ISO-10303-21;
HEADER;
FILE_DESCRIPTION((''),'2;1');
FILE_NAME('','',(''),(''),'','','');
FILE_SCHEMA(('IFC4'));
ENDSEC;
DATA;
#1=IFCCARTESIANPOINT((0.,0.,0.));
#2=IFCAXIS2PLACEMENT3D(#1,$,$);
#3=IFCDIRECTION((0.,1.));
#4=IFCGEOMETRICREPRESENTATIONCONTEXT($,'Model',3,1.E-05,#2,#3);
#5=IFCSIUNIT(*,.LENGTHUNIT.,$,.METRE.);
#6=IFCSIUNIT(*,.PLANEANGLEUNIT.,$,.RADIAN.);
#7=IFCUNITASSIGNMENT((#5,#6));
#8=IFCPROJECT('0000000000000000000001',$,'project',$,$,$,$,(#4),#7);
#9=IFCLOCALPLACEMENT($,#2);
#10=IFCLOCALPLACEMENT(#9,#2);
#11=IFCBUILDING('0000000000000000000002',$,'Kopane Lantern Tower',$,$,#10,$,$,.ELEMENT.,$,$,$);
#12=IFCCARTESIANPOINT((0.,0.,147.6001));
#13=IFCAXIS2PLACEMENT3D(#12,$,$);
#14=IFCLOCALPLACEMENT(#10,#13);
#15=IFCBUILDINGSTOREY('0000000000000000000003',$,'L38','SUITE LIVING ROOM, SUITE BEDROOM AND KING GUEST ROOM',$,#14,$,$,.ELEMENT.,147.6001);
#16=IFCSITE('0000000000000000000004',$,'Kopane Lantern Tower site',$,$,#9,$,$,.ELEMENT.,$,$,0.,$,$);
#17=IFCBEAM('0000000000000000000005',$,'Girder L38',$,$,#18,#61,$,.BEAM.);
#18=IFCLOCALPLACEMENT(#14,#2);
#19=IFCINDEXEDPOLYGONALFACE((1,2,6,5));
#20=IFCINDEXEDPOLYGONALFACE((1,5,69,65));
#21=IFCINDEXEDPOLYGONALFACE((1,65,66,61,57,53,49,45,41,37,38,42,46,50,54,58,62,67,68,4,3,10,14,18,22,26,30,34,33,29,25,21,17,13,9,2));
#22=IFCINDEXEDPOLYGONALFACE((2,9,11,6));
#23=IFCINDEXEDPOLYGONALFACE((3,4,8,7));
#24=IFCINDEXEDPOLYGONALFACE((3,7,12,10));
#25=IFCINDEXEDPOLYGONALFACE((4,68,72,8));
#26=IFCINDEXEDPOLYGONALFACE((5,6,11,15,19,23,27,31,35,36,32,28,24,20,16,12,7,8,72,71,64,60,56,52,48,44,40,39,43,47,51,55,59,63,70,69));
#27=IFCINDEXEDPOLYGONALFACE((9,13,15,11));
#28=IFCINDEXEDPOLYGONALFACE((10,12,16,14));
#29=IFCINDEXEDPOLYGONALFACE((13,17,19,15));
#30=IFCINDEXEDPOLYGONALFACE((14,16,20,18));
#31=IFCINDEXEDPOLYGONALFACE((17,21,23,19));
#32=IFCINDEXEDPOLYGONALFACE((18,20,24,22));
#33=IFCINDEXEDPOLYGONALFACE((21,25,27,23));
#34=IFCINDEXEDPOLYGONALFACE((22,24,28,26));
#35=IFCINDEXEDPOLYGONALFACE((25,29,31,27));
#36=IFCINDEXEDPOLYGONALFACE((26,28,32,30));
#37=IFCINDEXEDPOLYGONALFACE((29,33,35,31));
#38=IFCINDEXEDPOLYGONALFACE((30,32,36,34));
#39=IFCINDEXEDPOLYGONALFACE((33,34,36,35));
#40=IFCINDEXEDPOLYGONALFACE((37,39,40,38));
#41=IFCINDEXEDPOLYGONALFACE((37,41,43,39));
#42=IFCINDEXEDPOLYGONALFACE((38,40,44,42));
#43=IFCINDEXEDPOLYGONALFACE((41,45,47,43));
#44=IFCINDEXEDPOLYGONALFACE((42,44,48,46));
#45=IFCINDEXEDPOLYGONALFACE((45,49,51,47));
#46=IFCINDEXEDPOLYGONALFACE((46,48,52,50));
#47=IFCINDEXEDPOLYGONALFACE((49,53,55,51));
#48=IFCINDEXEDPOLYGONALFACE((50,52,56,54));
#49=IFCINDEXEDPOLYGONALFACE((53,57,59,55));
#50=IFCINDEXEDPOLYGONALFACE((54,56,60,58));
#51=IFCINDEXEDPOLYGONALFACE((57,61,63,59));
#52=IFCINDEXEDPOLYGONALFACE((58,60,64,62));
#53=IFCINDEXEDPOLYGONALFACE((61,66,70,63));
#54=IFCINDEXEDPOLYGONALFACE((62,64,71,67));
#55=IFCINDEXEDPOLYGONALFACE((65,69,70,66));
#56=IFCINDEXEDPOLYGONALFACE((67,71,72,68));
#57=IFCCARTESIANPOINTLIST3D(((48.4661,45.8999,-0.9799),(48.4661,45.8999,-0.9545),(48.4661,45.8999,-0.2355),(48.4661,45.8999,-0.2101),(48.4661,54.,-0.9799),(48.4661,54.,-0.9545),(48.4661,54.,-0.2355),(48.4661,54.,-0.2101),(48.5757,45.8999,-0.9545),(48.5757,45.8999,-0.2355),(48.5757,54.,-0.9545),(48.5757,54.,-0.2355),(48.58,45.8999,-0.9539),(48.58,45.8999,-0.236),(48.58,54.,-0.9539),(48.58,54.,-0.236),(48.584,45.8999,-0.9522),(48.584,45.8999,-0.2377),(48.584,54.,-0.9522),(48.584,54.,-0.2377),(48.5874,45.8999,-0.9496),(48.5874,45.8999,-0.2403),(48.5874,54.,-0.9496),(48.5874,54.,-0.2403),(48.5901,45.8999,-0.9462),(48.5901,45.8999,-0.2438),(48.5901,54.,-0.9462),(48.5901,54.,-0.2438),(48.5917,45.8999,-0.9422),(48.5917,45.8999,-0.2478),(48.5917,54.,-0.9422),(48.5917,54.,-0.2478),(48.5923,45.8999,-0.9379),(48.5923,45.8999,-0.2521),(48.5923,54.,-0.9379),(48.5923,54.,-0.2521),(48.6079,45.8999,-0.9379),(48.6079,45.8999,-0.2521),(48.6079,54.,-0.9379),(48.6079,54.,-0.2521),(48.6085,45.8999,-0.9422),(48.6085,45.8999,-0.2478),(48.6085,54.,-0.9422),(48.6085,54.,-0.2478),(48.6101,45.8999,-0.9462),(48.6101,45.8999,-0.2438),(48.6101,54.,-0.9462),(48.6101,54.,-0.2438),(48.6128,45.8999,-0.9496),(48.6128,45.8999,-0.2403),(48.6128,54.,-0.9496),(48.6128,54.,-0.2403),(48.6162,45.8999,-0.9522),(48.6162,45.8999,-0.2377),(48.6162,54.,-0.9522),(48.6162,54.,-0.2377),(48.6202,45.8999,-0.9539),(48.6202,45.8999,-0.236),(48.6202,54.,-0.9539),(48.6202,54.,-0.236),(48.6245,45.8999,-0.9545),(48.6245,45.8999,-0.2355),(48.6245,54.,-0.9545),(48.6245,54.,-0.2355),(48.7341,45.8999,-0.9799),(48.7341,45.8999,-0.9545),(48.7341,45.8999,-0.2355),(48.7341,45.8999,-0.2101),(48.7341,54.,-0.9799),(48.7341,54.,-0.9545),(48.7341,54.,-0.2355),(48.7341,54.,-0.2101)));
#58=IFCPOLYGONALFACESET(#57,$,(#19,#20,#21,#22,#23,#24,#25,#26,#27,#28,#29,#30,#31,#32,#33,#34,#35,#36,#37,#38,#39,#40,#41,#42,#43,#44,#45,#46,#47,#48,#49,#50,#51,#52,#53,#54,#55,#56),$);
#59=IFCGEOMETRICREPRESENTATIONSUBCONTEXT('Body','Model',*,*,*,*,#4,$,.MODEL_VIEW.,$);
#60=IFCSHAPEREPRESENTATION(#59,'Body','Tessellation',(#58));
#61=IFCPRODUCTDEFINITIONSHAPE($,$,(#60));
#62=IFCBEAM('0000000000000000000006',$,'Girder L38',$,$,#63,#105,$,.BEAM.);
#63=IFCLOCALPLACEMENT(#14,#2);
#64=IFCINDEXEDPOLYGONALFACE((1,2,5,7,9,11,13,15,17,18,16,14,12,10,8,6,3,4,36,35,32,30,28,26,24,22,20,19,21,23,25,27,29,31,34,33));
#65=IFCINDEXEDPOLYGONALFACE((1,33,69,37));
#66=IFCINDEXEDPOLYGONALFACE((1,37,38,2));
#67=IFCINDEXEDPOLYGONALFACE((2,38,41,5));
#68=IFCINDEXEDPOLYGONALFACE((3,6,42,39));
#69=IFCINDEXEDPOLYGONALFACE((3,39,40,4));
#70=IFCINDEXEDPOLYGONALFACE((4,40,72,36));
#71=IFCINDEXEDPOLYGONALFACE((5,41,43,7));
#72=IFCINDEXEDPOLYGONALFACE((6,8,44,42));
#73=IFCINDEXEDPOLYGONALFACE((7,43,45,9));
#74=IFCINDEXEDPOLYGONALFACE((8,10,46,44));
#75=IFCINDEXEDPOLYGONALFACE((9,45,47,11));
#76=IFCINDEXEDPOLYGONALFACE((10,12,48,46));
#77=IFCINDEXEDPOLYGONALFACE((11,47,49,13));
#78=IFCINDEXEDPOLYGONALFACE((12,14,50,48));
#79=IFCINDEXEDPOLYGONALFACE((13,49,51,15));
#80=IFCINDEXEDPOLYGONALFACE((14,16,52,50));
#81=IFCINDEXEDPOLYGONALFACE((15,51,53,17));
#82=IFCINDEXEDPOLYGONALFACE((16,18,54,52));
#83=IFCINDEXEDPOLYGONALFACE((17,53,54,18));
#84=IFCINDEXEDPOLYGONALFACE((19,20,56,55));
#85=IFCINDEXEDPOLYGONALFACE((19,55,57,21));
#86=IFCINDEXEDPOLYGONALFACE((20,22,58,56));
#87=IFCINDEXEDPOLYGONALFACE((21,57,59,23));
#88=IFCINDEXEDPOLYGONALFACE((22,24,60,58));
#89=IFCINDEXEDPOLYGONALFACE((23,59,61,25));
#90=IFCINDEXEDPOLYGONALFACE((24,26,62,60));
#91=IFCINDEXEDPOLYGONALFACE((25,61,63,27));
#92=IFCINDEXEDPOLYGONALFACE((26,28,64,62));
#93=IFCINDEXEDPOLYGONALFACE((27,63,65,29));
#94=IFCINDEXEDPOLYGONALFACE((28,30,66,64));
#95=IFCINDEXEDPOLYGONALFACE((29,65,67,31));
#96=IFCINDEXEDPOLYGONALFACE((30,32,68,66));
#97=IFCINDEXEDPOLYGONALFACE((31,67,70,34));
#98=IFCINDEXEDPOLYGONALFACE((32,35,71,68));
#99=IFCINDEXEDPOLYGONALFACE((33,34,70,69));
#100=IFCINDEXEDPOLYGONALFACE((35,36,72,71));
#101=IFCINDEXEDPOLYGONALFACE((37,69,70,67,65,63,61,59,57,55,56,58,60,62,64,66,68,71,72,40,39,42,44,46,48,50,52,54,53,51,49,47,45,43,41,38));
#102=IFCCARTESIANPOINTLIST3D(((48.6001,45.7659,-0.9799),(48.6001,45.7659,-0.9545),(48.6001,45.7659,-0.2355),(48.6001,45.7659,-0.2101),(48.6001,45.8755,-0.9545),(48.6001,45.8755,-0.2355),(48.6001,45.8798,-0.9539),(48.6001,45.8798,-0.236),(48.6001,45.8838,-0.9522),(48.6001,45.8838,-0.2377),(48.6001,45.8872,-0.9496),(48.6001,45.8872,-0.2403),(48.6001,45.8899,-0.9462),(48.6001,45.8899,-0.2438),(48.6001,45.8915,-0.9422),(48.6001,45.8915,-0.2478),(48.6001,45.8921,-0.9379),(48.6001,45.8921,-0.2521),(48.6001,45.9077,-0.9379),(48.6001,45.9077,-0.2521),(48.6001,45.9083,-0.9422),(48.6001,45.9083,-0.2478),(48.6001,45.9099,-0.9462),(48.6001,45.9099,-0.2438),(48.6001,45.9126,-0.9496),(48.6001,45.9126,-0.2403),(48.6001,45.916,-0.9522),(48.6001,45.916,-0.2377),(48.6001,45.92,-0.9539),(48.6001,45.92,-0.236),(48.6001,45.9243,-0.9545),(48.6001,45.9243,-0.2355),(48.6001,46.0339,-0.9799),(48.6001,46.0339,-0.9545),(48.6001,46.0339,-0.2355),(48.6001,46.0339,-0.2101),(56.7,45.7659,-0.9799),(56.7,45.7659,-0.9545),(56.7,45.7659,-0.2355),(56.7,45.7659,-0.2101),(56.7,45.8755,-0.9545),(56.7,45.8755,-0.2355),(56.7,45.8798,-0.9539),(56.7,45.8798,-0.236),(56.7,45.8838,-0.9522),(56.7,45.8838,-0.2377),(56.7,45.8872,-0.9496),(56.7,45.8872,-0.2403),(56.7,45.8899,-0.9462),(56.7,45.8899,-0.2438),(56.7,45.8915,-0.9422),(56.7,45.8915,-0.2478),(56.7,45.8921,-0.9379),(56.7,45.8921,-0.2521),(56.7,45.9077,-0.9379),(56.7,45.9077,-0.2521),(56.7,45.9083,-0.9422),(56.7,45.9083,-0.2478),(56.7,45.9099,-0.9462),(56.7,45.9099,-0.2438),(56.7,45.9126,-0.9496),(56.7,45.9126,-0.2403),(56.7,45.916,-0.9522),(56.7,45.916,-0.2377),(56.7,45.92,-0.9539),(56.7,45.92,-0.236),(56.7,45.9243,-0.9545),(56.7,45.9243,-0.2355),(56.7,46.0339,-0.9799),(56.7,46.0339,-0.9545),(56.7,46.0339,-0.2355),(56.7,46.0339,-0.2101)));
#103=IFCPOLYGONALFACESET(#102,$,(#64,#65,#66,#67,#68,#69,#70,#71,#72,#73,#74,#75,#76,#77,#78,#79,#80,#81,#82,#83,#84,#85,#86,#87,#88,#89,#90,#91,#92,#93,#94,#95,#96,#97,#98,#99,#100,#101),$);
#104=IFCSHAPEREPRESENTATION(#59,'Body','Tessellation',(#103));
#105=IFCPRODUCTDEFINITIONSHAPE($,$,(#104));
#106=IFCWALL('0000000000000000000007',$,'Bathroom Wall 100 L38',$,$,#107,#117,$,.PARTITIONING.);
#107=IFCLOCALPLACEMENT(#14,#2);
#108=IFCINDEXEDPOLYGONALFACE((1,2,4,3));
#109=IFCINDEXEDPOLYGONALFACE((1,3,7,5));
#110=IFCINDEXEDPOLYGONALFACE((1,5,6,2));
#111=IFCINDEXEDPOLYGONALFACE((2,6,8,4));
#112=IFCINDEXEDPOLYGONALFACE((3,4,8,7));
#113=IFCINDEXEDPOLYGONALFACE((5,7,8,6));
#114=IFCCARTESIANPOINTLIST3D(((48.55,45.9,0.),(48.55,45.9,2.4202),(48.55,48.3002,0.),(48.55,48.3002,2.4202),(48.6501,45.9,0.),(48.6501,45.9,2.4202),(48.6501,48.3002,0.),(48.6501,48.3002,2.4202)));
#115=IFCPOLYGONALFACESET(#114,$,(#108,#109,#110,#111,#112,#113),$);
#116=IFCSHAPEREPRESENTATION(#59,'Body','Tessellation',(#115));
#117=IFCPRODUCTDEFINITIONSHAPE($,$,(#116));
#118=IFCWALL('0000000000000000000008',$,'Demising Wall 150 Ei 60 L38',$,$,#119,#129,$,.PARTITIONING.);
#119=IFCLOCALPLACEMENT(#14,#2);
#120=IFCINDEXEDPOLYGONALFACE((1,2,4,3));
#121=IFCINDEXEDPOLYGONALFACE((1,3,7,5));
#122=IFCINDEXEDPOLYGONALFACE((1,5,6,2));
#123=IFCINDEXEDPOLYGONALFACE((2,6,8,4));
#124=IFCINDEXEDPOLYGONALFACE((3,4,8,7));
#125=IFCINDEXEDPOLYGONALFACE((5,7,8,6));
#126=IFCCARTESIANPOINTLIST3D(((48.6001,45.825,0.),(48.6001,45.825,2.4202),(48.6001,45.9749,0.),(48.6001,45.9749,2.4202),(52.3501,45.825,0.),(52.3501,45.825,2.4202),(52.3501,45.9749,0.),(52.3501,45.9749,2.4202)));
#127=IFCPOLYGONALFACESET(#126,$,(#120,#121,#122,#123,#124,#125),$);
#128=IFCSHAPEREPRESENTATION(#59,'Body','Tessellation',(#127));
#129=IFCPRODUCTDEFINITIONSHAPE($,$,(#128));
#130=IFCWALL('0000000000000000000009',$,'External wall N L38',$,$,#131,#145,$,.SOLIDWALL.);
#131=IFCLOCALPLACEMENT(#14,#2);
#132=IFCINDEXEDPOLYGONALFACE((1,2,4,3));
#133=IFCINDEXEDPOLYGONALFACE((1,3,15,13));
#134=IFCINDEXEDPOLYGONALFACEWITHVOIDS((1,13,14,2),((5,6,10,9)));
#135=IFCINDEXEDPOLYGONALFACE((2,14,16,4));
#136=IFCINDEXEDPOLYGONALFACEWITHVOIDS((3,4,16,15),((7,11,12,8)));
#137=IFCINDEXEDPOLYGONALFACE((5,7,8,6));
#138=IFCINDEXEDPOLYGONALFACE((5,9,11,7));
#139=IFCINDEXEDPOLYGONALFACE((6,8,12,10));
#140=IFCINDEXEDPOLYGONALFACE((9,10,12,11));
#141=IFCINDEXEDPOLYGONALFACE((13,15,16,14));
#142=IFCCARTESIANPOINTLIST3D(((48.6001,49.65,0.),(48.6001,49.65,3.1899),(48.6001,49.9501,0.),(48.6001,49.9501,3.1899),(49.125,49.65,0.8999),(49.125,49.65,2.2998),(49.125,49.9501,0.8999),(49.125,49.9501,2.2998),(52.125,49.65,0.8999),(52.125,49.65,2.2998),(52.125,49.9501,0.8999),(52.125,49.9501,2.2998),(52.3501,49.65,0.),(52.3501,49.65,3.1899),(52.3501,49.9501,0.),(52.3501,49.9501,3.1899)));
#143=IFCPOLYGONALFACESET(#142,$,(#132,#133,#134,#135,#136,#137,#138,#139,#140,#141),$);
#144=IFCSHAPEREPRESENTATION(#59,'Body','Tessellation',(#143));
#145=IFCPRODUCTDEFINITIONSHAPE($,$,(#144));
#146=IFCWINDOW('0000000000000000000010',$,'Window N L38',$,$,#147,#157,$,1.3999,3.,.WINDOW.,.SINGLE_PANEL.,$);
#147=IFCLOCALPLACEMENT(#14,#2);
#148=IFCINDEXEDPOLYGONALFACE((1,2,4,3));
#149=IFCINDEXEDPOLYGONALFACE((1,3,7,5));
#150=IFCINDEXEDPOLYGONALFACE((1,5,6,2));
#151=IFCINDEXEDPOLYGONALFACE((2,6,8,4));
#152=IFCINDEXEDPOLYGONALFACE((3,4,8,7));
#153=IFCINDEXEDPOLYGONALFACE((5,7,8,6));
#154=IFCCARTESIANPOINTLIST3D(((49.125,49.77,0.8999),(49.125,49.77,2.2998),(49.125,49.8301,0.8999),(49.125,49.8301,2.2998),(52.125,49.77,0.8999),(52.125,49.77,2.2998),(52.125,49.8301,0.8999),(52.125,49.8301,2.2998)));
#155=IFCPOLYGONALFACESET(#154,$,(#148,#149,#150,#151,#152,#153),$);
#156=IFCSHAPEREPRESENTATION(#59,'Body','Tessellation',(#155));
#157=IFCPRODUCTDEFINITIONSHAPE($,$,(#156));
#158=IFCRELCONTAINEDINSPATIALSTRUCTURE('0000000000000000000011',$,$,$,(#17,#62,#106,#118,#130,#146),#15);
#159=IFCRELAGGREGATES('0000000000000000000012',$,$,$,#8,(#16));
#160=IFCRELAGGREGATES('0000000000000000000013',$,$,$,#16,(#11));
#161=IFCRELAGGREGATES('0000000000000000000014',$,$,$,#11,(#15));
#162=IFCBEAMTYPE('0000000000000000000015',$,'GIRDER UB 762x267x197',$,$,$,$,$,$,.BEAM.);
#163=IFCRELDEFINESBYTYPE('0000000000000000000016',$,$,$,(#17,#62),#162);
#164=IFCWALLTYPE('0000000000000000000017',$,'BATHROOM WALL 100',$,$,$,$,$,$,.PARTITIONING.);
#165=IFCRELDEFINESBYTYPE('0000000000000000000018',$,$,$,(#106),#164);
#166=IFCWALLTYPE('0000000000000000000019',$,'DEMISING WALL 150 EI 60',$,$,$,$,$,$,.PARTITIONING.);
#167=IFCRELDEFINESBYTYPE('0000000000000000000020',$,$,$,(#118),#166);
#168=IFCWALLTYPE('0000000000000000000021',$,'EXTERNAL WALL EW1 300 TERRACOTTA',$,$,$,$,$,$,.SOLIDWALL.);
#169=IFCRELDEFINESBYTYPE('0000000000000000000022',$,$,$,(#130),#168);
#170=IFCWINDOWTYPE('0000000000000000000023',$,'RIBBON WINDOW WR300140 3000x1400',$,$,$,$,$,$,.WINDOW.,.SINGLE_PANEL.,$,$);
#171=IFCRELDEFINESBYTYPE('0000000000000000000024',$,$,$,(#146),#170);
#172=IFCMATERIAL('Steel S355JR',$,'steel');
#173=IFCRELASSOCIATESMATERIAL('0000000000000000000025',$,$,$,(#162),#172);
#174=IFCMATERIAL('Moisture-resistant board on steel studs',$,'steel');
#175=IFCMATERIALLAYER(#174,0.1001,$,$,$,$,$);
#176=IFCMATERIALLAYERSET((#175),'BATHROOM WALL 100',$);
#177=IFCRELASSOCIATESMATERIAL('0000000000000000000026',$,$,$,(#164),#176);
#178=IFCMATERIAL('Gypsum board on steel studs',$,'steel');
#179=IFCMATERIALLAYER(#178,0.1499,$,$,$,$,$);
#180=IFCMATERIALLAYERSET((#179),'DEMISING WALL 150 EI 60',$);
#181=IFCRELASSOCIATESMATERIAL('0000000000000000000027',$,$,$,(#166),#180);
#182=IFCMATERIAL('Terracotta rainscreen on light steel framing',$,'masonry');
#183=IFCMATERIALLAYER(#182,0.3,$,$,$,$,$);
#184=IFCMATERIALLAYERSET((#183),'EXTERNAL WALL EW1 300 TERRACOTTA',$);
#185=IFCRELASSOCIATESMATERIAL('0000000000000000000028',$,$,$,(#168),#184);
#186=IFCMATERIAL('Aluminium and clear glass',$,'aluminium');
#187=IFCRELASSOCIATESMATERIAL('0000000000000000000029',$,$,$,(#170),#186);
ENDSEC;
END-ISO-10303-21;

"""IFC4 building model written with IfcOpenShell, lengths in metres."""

from ifc_helpers import new_model, si_unit, direction, frame, frame_2d, origin, origin_2d, place, context, subcontext, project, spatial, rectangle, i_section, extrude, material, layer, layer_set, material_profile, profile_set, type_object, element, fill, save


model = new_model("IFC4")

# Units and contexts
model_context = context("Model", 3, precision=1e-05, world=origin(), true_north=direction((0.0, 1.0)))
body_context = subcontext(model_context, "Body", "Model", "MODEL_VIEW")
ifc_project = project(units=[si_unit("LENGTHUNIT", "METRE"), si_unit("PLANEANGLEUNIT", "RADIAN")], contexts=[model_context])

# Site, building, storey
site_placement = place(None, origin())
site = spatial("IfcSite", under=ifc_project, at=site_placement, Name="Kopane Lantern Tower site", CompositionType="ELEMENT", RefElevation=0.0)
building_placement = place(site_placement, origin())
building = spatial("IfcBuilding", under=site, at=building_placement, Name="Kopane Lantern Tower", CompositionType="ELEMENT")
storey_placement = place(building_placement, frame((0.0, 0.0, 147.6001)))
storey = spatial("IfcBuildingStorey", under=building, at=storey_placement, Name="L38", Description="SUITE LIVING ROOM, SUITE BEDROOM AND KING GUEST ROOM", CompositionType="ELEMENT", Elevation=147.6001)

# Beams
ifc_material_1 = material(Name="Steel S355JR", Category="steel")
ifc_material_profile_1 = material_profile(ifc_material_1, i_section(OverallWidth=0.2681, OverallDepth=0.7698, WebThickness=0.0156, FlangeThickness=0.0254, FilletRadius=0.0166, at=origin_2d()), Name="UB 762x267x197")
ifc_profile_set_1 = profile_set([ifc_material_profile_1], Name="Steel S355JR")
beam_type_1 = type_object("IfcBeamType", Name="GIRDER UB 762x267x197", PredefinedType="BEAM", material=ifc_profile_set_1)
beam_1_placement = place(storey_placement, frame((48.6001, 45.8999, -0.595), z_axis=(0.0, 1.0, 0.0), x_axis=(-1.0, 0.0, 0.0)))
element("IfcBeam", 1, at=beam_1_placement, inside=storey, type_object=beam_type_1, Name="Girder L38", PredefinedType="BEAM", context=body_context, shape_type="SweptSolid", body=[
    extrude(i_section(OverallWidth=0.2681, OverallDepth=0.7698, WebThickness=0.0156, FlangeThickness=0.0254, FilletRadius=0.0166, at=origin_2d()), origin(), (0.0, 0.0, 1.0), 8.1001),
])
beam_2_placement = place(storey_placement, frame((48.6001, 45.8999, -0.595), z_axis=(1.0, 0.0, 0.0), x_axis=(0.0, 1.0, 0.0)))
element("IfcBeam", 2, at=beam_2_placement, inside=storey, type_object=beam_type_1, Name="Girder L38", PredefinedType="BEAM", context=body_context, shape_type="SweptSolid", body=[
    extrude(i_section(OverallWidth=0.2681, OverallDepth=0.7698, WebThickness=0.0156, FlangeThickness=0.0254, FilletRadius=0.0166, at=origin_2d()), origin(), (0.0, 0.0, 1.0), 8.0999),
])

# Walls
ifc_material_2 = material(Name="Moisture-resistant board on steel studs", Category="steel")
ifc_layer_1 = layer(ifc_material_2, 0.1001)
ifc_layer_set_1 = layer_set([ifc_layer_1], Name="BATHROOM WALL 100")
wall_type_1 = type_object("IfcWallType", Name="BATHROOM WALL 100", PredefinedType="PARTITIONING", material=ifc_layer_set_1)
wall_1_placement = place(storey_placement, frame((48.6001, 45.8999, 0.0), z_axis=(0.0, 0.0, 1.0), x_axis=(0.0, 1.0, 0.0)))
element("IfcWall", 3, at=wall_1_placement, inside=storey, type_object=wall_type_1, Name="Bathroom Wall 100 L38", PredefinedType="PARTITIONING", context=body_context, shape_type="SweptSolid", body=[
    extrude(rectangle(XDim=2.4001, YDim=0.1001, at=frame_2d((1.2002, 0.0))), origin(), (0.0, 0.0, 1.0), 2.4202),
])
ifc_material_3 = material(Name="Gypsum board on steel studs", Category="steel")
ifc_layer_2 = layer(ifc_material_3, 0.1499)
ifc_layer_set_2 = layer_set([ifc_layer_2], Name="DEMISING WALL 150 EI 60")
wall_type_2 = type_object("IfcWallType", Name="DEMISING WALL 150 EI 60", PredefinedType="PARTITIONING", material=ifc_layer_set_2)
wall_2_placement = place(storey_placement, frame((48.6001, 45.8999, 0.0), z_axis=(0.0, 0.0, 1.0), x_axis=(1.0, 0.0, 0.0)))
element("IfcWall", 4, at=wall_2_placement, inside=storey, type_object=wall_type_2, Name="Demising Wall 150 Ei 60 L38", PredefinedType="PARTITIONING", context=body_context, shape_type="SweptSolid", body=[
    extrude(rectangle(XDim=3.75, YDim=0.1499, at=frame_2d((1.875, 0.0))), origin(), (0.0, 0.0, 1.0), 2.4202),
])

# Wall, opening, window
ifc_material_4 = material(Name="Terracotta rainscreen on light steel framing", Category="masonry")
ifc_layer_3 = layer(ifc_material_4, 0.3)
ifc_layer_set_3 = layer_set([ifc_layer_3], Name="EXTERNAL WALL EW1 300 TERRACOTTA")
wall_type_3 = type_object("IfcWallType", Name="EXTERNAL WALL EW1 300 TERRACOTTA", PredefinedType="SOLIDWALL", material=ifc_layer_set_3)
wall_3_placement = place(storey_placement, frame((52.3501, 49.8, 0.0), z_axis=(0.0, 0.0, 1.0), x_axis=(-1.0, 0.0, 0.0)))
wall_3 = element("IfcWall", 5, at=wall_3_placement, inside=storey, type_object=wall_type_3, Name="External wall N L38", PredefinedType="SOLIDWALL", context=body_context, shape_type="SweptSolid", body=[
    extrude(rectangle(XDim=3.75, YDim=0.3, at=frame_2d((1.875, 0.0))), origin(), (0.0, 0.0, 1.0), 3.1899),
])
opening_placement = place(wall_3_placement, frame((0.2251, 0.0, 0.8999)))
opening = element("IfcOpeningElement", 6, at=opening_placement, cuts=wall_3, PredefinedType="OPENING", context=body_context, shape_type="SweptSolid", body=[
    extrude(rectangle(XDim=3.0, YDim=1.3999, at=frame_2d((1.5, 0.7))), frame((0.0, 0.1599, 0.0), z_axis=(0.0, -1.0, 0.0), x_axis=(1.0, 0.0, 0.0)), (0.0, 0.0, 1.0), 0.3201),
])
ifc_material_5 = material(Name="Aluminium and clear glass", Category="aluminium")
window_type = type_object("IfcWindowType", Name="RIBBON WINDOW WR300140 3000x1400", PartitioningType="SINGLE_PANEL", PredefinedType="WINDOW", material=ifc_material_5)
window_placement = place(opening_placement, origin())
window = element("IfcWindow", 7, at=window_placement, inside=storey, type_object=window_type, Name="Window N L38", OverallHeight=1.3999, OverallWidth=3.0, PartitioningType="SINGLE_PANEL", PredefinedType="WINDOW", context=body_context, shape_type="SweptSolid", body=[
    extrude(rectangle(XDim=3.0, YDim=1.3999, at=frame_2d((1.5, 0.7))), frame((0.0, 0.03, 0.0), z_axis=(0.0, -1.0, 0.0), x_axis=(1.0, 0.0, 0.0)), (0.0, 0.0, 1.0), 0.0601),
])
fill(opening, window)

save(model, "model.ifc")
